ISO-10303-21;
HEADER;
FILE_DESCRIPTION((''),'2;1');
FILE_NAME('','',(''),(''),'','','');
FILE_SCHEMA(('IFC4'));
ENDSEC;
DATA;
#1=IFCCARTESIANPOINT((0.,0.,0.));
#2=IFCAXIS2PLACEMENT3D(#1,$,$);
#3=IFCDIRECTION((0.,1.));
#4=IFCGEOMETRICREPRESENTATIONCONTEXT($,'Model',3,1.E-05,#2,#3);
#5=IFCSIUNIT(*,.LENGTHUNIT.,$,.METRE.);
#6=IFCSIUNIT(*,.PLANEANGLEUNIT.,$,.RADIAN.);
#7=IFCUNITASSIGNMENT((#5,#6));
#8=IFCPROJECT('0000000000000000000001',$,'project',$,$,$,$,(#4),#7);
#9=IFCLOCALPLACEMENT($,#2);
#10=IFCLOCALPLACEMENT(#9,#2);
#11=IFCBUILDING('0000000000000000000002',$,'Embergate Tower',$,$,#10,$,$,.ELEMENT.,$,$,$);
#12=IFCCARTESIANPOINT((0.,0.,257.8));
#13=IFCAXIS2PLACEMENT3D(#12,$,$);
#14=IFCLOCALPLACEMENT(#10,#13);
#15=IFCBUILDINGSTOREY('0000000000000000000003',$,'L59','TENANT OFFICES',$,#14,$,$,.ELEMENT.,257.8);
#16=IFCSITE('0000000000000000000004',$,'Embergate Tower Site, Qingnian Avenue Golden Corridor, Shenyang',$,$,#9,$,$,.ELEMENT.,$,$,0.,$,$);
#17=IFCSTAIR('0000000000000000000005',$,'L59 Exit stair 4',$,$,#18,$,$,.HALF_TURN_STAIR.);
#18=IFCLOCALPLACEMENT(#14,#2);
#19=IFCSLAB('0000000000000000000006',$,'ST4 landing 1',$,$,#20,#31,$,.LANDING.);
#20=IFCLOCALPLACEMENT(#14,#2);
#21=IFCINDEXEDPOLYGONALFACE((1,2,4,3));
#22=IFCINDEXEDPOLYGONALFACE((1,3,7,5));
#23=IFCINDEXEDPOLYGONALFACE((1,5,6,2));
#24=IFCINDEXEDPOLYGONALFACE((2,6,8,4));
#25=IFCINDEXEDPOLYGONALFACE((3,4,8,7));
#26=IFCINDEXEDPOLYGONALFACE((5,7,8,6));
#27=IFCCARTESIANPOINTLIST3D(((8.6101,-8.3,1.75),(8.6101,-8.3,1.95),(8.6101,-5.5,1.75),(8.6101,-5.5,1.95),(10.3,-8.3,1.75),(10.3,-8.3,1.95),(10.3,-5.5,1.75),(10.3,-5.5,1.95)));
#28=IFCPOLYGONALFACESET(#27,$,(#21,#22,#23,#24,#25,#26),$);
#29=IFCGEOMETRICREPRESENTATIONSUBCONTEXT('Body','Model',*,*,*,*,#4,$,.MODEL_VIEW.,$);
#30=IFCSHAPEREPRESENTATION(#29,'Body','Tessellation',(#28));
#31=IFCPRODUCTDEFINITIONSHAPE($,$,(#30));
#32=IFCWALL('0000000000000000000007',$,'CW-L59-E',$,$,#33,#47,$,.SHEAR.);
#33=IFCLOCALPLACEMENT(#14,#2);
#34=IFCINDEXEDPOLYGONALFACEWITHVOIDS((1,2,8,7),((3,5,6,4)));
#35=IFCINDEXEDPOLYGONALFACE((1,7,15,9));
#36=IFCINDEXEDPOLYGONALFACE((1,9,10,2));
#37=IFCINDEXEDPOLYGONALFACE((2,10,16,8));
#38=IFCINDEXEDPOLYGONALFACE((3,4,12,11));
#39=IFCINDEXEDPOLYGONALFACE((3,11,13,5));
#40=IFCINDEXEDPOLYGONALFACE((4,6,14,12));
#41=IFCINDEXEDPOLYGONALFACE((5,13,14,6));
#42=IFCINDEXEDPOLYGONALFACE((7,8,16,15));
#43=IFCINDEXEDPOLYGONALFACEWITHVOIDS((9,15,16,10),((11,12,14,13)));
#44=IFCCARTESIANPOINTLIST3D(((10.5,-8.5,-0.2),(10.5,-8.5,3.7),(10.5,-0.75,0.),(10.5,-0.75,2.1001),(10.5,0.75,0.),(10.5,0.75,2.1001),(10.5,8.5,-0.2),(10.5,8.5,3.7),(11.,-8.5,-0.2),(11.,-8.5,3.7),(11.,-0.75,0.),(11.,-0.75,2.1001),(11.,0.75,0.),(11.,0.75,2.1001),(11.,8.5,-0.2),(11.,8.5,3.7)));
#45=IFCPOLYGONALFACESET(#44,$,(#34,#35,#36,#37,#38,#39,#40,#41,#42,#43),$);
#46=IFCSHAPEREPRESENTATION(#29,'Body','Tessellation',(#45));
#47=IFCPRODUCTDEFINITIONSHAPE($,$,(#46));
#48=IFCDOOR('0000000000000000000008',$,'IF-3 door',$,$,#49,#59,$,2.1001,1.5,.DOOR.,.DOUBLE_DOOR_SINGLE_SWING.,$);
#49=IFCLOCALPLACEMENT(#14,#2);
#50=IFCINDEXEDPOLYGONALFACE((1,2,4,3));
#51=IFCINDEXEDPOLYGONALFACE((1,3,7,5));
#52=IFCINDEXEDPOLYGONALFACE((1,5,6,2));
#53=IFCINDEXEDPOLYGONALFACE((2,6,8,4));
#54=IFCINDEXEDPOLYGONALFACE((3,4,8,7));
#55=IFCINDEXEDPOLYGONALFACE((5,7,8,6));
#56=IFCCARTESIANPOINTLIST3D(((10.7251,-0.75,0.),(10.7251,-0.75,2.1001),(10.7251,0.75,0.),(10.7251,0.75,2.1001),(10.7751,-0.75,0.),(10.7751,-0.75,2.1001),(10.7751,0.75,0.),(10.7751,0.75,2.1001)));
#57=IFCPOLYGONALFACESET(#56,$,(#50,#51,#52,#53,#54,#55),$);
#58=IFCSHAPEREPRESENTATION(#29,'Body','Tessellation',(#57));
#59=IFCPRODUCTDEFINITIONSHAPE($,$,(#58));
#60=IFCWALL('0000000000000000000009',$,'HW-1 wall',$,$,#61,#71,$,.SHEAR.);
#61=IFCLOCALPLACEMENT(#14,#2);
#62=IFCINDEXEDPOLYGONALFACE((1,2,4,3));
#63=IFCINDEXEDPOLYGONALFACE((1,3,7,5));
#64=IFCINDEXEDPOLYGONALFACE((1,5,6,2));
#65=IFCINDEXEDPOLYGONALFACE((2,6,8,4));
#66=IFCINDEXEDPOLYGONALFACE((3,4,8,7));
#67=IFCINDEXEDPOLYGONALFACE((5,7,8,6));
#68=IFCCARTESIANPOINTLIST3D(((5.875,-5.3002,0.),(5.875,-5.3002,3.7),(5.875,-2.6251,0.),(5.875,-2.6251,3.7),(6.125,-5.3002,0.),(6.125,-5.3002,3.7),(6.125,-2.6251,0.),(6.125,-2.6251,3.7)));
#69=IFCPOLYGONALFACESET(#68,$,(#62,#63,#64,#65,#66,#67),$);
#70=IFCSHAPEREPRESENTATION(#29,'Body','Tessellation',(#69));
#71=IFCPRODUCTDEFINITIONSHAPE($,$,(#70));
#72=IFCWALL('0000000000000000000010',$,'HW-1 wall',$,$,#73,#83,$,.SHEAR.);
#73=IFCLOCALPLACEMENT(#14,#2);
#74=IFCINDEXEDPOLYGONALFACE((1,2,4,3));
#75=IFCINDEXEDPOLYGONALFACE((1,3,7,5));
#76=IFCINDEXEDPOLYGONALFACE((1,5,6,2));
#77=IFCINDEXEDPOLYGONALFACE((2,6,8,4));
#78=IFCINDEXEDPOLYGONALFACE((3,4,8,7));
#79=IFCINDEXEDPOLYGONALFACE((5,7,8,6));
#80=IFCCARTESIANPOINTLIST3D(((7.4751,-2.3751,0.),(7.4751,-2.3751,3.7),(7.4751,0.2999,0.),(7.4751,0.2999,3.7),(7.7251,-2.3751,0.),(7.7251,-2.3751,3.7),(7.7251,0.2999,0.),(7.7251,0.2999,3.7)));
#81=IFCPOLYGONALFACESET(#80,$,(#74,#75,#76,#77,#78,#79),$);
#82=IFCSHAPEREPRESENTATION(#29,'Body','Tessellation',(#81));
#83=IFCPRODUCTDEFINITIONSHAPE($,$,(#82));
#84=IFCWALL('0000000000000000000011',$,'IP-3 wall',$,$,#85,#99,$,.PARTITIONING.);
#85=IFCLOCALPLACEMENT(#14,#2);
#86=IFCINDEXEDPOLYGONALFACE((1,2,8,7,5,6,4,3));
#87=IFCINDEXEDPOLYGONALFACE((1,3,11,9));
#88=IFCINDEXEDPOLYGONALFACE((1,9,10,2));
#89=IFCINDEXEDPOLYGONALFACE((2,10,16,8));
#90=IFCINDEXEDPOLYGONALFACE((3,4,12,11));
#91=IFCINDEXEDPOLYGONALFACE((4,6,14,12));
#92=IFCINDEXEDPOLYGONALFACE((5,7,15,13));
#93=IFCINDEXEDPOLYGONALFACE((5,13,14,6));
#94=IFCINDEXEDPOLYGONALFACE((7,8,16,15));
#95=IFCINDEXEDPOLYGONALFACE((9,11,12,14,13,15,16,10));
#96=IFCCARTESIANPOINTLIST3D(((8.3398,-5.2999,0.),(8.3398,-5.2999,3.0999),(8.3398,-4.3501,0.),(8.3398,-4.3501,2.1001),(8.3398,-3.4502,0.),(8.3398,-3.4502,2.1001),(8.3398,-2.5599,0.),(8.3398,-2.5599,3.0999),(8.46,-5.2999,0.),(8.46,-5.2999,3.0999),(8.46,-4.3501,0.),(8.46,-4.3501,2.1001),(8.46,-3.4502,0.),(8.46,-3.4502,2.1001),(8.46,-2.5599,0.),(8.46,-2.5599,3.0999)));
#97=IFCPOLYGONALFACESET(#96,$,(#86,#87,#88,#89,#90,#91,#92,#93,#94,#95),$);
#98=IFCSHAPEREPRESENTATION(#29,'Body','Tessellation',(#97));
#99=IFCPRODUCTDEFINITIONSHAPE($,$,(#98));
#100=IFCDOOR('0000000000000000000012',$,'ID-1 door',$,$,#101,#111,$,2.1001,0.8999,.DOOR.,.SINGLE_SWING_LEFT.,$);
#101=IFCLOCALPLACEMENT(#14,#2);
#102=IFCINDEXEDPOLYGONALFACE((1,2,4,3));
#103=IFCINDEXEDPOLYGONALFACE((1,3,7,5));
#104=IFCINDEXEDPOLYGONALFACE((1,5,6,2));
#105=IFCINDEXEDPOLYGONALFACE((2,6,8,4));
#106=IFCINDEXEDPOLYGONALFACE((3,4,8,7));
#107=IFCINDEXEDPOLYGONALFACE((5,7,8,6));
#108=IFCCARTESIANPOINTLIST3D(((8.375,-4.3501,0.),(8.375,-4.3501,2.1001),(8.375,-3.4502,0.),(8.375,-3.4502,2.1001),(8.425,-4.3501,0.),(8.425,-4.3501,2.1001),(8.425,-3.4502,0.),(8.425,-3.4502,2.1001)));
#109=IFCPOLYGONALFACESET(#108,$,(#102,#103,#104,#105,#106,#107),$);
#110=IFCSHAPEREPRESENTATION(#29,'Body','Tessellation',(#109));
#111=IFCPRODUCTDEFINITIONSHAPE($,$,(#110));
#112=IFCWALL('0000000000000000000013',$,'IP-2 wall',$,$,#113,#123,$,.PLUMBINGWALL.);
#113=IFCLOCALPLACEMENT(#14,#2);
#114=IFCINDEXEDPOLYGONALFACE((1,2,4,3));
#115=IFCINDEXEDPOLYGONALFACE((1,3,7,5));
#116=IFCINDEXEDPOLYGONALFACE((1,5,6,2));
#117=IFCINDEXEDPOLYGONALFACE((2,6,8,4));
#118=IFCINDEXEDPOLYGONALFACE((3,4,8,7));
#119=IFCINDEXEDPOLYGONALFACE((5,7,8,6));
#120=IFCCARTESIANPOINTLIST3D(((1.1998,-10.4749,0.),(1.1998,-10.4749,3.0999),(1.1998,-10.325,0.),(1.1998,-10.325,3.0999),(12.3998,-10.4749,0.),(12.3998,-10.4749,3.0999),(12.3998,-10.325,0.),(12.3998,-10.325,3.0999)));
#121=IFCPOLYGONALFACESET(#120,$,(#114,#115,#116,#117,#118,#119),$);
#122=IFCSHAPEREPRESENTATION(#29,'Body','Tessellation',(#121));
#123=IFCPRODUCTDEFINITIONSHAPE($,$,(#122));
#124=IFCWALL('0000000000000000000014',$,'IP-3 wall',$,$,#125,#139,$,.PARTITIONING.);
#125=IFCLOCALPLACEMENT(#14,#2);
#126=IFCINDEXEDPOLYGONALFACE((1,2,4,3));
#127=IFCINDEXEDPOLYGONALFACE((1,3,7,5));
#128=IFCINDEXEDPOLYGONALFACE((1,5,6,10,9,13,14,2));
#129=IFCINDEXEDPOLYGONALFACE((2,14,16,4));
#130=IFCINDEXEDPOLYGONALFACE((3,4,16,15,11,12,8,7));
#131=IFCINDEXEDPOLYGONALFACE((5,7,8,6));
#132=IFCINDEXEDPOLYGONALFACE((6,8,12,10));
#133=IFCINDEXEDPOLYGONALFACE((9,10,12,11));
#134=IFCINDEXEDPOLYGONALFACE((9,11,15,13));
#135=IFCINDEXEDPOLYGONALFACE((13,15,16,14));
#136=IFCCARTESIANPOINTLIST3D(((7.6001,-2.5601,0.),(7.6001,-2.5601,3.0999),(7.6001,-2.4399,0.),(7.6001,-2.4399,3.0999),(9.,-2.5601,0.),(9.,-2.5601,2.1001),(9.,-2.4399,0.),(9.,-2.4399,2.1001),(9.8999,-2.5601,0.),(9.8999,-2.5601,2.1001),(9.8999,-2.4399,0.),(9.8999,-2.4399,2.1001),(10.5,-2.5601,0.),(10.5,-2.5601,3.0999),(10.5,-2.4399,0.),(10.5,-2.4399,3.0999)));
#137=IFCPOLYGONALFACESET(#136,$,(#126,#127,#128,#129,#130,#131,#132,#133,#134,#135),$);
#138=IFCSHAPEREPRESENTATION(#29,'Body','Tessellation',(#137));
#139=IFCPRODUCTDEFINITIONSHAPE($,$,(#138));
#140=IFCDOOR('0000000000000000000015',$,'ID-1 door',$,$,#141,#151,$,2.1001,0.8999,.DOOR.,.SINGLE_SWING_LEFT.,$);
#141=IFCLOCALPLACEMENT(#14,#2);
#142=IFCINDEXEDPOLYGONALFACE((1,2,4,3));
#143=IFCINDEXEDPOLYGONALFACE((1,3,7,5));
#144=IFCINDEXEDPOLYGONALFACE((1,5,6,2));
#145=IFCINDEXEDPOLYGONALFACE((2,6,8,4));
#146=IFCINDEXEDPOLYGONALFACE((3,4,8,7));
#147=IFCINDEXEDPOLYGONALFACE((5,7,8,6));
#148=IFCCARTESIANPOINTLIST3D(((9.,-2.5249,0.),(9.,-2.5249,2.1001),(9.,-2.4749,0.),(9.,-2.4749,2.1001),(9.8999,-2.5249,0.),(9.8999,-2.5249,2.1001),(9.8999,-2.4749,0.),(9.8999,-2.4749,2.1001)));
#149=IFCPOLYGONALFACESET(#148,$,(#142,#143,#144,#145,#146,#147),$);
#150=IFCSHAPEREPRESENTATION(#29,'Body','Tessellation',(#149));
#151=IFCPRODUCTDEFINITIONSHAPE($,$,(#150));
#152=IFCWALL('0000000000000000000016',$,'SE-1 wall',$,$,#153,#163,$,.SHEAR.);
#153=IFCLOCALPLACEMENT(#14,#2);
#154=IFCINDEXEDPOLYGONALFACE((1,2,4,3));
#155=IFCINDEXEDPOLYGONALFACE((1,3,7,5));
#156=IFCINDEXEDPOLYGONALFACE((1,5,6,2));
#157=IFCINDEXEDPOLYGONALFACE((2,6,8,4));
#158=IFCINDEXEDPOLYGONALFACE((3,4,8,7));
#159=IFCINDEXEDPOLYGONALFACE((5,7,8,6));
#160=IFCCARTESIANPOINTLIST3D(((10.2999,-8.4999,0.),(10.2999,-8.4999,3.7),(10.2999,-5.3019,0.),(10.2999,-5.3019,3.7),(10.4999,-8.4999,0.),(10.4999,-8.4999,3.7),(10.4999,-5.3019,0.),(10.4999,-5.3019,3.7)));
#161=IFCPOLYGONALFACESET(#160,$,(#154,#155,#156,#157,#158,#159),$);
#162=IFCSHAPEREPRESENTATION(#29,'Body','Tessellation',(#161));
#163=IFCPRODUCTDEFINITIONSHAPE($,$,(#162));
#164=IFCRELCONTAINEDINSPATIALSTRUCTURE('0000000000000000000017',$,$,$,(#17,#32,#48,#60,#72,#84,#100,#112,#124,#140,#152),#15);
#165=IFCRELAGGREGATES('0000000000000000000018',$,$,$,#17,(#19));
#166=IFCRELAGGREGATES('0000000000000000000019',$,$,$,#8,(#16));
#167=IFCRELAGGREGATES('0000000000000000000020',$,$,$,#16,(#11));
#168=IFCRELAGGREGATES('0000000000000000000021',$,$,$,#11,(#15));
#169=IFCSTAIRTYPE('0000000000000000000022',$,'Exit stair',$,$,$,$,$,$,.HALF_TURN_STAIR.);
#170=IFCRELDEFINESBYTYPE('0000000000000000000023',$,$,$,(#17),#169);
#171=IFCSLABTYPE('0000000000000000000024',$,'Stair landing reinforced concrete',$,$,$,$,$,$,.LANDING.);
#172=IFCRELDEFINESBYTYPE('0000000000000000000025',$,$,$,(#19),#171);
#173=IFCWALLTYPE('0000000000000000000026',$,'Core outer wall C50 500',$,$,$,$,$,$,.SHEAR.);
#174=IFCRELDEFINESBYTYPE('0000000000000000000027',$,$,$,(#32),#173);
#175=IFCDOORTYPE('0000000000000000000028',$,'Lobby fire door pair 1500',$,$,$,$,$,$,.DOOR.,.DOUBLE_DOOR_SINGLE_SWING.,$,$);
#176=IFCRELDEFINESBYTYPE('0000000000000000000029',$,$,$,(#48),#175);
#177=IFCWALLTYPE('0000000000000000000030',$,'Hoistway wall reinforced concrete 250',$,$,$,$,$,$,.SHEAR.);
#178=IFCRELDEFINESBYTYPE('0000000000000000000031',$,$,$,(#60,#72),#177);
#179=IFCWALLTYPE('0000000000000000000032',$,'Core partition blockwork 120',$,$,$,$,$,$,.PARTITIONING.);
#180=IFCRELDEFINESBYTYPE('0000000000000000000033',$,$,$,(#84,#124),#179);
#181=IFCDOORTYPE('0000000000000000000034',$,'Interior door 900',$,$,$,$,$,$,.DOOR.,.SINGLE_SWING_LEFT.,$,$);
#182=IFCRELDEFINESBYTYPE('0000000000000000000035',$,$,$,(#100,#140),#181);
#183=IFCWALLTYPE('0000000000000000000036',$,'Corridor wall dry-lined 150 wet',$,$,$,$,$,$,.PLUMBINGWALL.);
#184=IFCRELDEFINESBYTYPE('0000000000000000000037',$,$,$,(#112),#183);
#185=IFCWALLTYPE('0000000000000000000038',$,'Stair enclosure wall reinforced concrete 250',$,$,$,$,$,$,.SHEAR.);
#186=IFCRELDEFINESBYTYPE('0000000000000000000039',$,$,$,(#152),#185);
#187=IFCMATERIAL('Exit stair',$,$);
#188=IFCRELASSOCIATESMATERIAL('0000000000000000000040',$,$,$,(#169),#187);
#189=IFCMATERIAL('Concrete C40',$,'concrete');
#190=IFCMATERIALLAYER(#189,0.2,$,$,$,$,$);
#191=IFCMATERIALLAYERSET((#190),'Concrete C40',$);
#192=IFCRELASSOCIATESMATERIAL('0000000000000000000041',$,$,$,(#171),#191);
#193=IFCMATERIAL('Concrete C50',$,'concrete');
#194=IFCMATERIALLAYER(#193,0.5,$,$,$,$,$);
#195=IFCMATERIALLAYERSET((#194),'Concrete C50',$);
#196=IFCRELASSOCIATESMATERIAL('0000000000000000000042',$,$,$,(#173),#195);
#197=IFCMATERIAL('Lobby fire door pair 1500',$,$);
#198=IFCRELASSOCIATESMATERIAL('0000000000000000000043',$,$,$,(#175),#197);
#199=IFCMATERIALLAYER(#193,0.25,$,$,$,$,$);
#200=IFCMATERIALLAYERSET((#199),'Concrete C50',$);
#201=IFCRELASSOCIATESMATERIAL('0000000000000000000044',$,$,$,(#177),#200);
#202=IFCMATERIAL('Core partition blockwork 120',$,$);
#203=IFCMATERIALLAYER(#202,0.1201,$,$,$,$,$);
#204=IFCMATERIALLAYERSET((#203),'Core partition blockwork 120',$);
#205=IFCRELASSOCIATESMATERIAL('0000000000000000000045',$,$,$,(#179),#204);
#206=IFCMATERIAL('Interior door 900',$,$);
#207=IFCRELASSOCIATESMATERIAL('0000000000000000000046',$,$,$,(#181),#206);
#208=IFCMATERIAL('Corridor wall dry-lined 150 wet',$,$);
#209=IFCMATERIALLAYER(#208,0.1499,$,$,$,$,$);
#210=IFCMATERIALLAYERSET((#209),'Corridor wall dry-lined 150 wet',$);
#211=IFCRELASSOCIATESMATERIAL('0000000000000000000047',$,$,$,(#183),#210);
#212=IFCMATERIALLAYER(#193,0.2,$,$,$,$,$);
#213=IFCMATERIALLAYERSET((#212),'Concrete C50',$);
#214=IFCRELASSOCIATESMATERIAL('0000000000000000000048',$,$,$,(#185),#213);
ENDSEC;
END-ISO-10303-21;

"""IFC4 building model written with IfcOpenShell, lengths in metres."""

from ifc_helpers import new_model, si_unit, direction, frame, frame_2d, origin, place, context, subcontext, project, spatial, polyline, rectangle, outline, extrude, source, transform, mapped, material, layer, layer_set, type_object, element, fill, aggregate, save


model = new_model("IFC4")

# Units and contexts
model_context = context("Model", 3, precision=1e-05, world=origin(), true_north=direction((0.0, 1.0)))
body_context = subcontext(model_context, "Body", "Model", "MODEL_VIEW")
ifc_project = project(units=[si_unit("LENGTHUNIT", "METRE"), si_unit("PLANEANGLEUNIT", "RADIAN")], contexts=[model_context])

# Site, building, storey
site_placement = place(None, origin())
site = spatial("IfcSite", under=ifc_project, at=site_placement, Name="Embergate Tower Site, Qingnian Avenue Golden Corridor, Shenyang", CompositionType="ELEMENT", RefElevation=0.0)
building_placement = place(site_placement, origin())
building = spatial("IfcBuilding", under=site, at=building_placement, Name="Embergate Tower", CompositionType="ELEMENT")
storey_placement = place(building_placement, frame((0.0, 0.0, 257.8)))
storey = spatial("IfcBuildingStorey", under=building, at=storey_placement, Name="L59", Description="TENANT OFFICES", CompositionType="ELEMENT", Elevation=257.8)

# Stair, slab
ifc_material_1 = material(Name="Exit stair")
stair_type = type_object("IfcStairType", Name="Exit stair", PredefinedType="HALF_TURN_STAIR", material=ifc_material_1)
stair_placement = place(storey_placement, origin())
stair = element("IfcStair", 1, at=stair_placement, inside=storey, type_object=stair_type, Name="L59 Exit stair 4", PredefinedType="HALF_TURN_STAIR")
ifc_material_2 = material(Name="Concrete C40", Category="concrete")
ifc_layer_1 = layer(ifc_material_2, 0.2)
ifc_layer_set_1 = layer_set([ifc_layer_1], Name="Concrete C40")
slab_type = type_object("IfcSlabType", Name="Stair landing reinforced concrete", PredefinedType="LANDING", material=ifc_layer_set_1)
shared_shape_1 = source(origin(), body_context, "Body", "SweptSolid", [
    extrude(outline(polyline([(0.0, 0.0), (1.6899, 0.0), (1.6899, 2.8), (0.0, 2.8), (0.0, 0.0)])), origin(), (0.0, 0.0, 1.0), 0.2),
])
slab_placement = place(storey_placement, frame((8.6101, -8.3, 1.75)))
slab = element("IfcSlab", 2, at=slab_placement, type_object=slab_type, Name="ST4 landing 1", PredefinedType="LANDING", context=body_context, shape_type="MappedRepresentation", body=[
    mapped(shared_shape_1, transform((0.0, 0.0, 0.0))),
])

# Wall, opening, door
ifc_material_3 = material(Name="Concrete C50", Category="concrete")
ifc_layer_2 = layer(ifc_material_3, 0.5)
ifc_layer_set_2 = layer_set([ifc_layer_2], Name="Concrete C50")
wall_type_1 = type_object("IfcWallType", Name="Core outer wall C50 500", PredefinedType="SHEAR", material=ifc_layer_set_2)
shared_shape_2 = source(origin(), body_context, "Body", "SweptSolid", [
    extrude(rectangle(XDim=17.0, YDim=0.5, at=frame_2d((8.5, 0.0))), origin(), (0.0, 0.0, 1.0), 3.8999),
])
wall_1_placement = place(storey_placement, frame((10.75, -8.5, -0.2), z_axis=(0.0, 0.0, 1.0), x_axis=(0.0, 1.0, 0.0)))
wall_1 = element("IfcWall", 3, at=wall_1_placement, inside=storey, type_object=wall_type_1, Name="CW-L59-E", PredefinedType="SHEAR", context=body_context, shape_type="MappedRepresentation", body=[
    mapped(shared_shape_2, transform((0.0, 0.0, 0.0))),
])
shared_shape_3 = source(origin(), body_context, "Body", "SweptSolid", [
    extrude(rectangle(XDim=1.5, YDim=2.1001, at=frame_2d((0.75, 1.05))), frame((0.0, 0.26, 0.0), z_axis=(0.0, -1.0, 0.0), x_axis=(1.0, 0.0, 0.0)), (0.0, 0.0, 1.0), 0.52),
])
opening_1_placement = place(wall_1_placement, frame((7.75, 0.0, 0.2)))
opening_1 = element("IfcOpeningElement", 4, at=opening_1_placement, cuts=wall_1, PredefinedType="OPENING", context=body_context, shape_type="MappedRepresentation", body=[
    mapped(shared_shape_3, transform((0.0, 0.0, 0.0))),
])
ifc_material_4 = material(Name="Lobby fire door pair 1500")
door_type_1 = type_object("IfcDoorType", Name="Lobby fire door pair 1500", OperationType="DOUBLE_DOOR_SINGLE_SWING", PredefinedType="DOOR", material=ifc_material_4)
shared_shape_4 = source(origin(), body_context, "Body", "SweptSolid", [
    extrude(rectangle(XDim=1.5, YDim=2.1001, at=frame_2d((0.75, 1.05))), frame((0.0, 0.0249, 0.0), z_axis=(0.0, -1.0, 0.0), x_axis=(1.0, 0.0, 0.0)), (0.0, 0.0, 1.0), 0.05),
])
door_1_placement = place(opening_1_placement, origin())
door_1 = element("IfcDoor", 5, at=door_1_placement, inside=storey, type_object=door_type_1, Name="IF-3 door", OperationType="DOUBLE_DOOR_SINGLE_SWING", OverallHeight=2.1001, OverallWidth=1.5, PredefinedType="DOOR", context=body_context, shape_type="MappedRepresentation", body=[
    mapped(shared_shape_4, transform((0.0, 0.0, 0.0))),
])
fill(opening_1, door_1)

# Walls
ifc_layer_3 = layer(ifc_material_3, 0.25)
ifc_layer_set_3 = layer_set([ifc_layer_3], Name="Concrete C50")
wall_type_2 = type_object("IfcWallType", Name="Hoistway wall reinforced concrete 250", PredefinedType="SHEAR", material=ifc_layer_set_3)
shared_shape_5 = source(origin(), body_context, "Body", "SweptSolid", [
    extrude(rectangle(XDim=2.675, YDim=0.25, at=frame_2d((1.3374, 0.0))), origin(), (0.0, 0.0, 1.0), 3.7),
])
for number, where, z_axis, x_axis, name in (
    (6, (6.0, -5.3, 0.0), (0.0, 0.0, 1.0), (0.0, 1.0, 0.0), "HW-1 wall"),
    (7, (7.6001, -2.375, 0.0), (0.0, 0.0, 1.0), (0.0, 1.0, 0.0), "HW-1 wall"),
):
    element("IfcWall", number, at=place(storey_placement, frame(where, z_axis=z_axis, x_axis=x_axis)), inside=storey, type_object=wall_type_2, Name=name, PredefinedType="SHEAR", context=body_context, shape_type="MappedRepresentation", body=[
        mapped(shared_shape_5, transform((0.0, 0.0, 0.0))),
    ])

# Wall, opening, door
ifc_material_5 = material(Name="Core partition blockwork 120")
ifc_layer_4 = layer(ifc_material_5, 0.1201)
ifc_layer_set_4 = layer_set([ifc_layer_4], Name="Core partition blockwork 120")
wall_type_3 = type_object("IfcWallType", Name="Core partition blockwork 120", PredefinedType="PARTITIONING", material=ifc_layer_set_4)
shared_shape_6 = source(origin(), body_context, "Body", "SweptSolid", [
    extrude(rectangle(XDim=2.74, YDim=0.1201, at=frame_2d((1.3701, 0.0))), origin(), (0.0, 0.0, 1.0), 3.0999),
])
wall_2_placement = place(storey_placement, frame((8.3999, -5.3, 0.0), z_axis=(0.0, 0.0, 1.0), x_axis=(0.0, 1.0, 0.0)))
wall_2 = element("IfcWall", 8, at=wall_2_placement, inside=storey, type_object=wall_type_3, Name="IP-3 wall", PredefinedType="PARTITIONING", context=body_context, shape_type="MappedRepresentation", body=[
    mapped(shared_shape_6, transform((0.0, 0.0, 0.0))),
])
shared_shape_7 = source(origin(), body_context, "Body", "SweptSolid", [
    extrude(rectangle(XDim=0.8999, YDim=2.1001, at=frame_2d((0.45, 1.05))), frame((0.0, 0.0701, 0.0), z_axis=(0.0, -1.0, 0.0), x_axis=(1.0, 0.0, 0.0)), (0.0, 0.0, 1.0), 0.1401),
])
opening_2_placement = place(wall_2_placement, frame((0.95, 0.0, 0.0)))
opening_2 = element("IfcOpeningElement", 9, at=opening_2_placement, cuts=wall_2, PredefinedType="OPENING", context=body_context, shape_type="MappedRepresentation", body=[
    mapped(shared_shape_7, transform((0.0, 0.0, 0.0))),
])
ifc_material_6 = material(Name="Interior door 900")
door_type_2 = type_object("IfcDoorType", Name="Interior door 900", OperationType="SINGLE_SWING_LEFT", PredefinedType="DOOR", material=ifc_material_6)
shared_shape_8 = source(origin(), body_context, "Body", "SweptSolid", [
    extrude(rectangle(XDim=0.8999, YDim=2.1001, at=frame_2d((0.45, 1.05))), frame((0.0, 0.0249, 0.0), z_axis=(0.0, -1.0, 0.0), x_axis=(1.0, 0.0, 0.0)), (0.0, 0.0, 1.0), 0.05),
])
door_2_placement = place(opening_2_placement, origin())
door_2 = element("IfcDoor", 10, at=door_2_placement, inside=storey, type_object=door_type_2, Name="ID-1 door", OperationType="SINGLE_SWING_LEFT", OverallHeight=2.1001, OverallWidth=0.8999, PredefinedType="DOOR", context=body_context, shape_type="MappedRepresentation", body=[
    mapped(shared_shape_8, transform((0.0, 0.0, 0.0))),
])
fill(opening_2, door_2)

# Wall
ifc_material_7 = material(Name="Corridor wall dry-lined 150 wet")
ifc_layer_5 = layer(ifc_material_7, 0.1499)
ifc_layer_set_5 = layer_set([ifc_layer_5], Name="Corridor wall dry-lined 150 wet")
wall_type_4 = type_object("IfcWallType", Name="Corridor wall dry-lined 150 wet", PredefinedType="PLUMBINGWALL", material=ifc_layer_set_5)
shared_shape_9 = source(origin(), body_context, "Body", "SweptSolid", [
    extrude(rectangle(XDim=11.2, YDim=0.1499, at=frame_2d((5.6001, 0.0))), origin(), (0.0, 0.0, 1.0), 3.0999),
])
wall_3_placement = place(storey_placement, frame((12.3999, -10.3999, 0.0), z_axis=(0.0, 0.0, 1.0), x_axis=(-1.0, 0.0, 0.0)))
element("IfcWall", 11, at=wall_3_placement, inside=storey, type_object=wall_type_4, Name="IP-2 wall", PredefinedType="PLUMBINGWALL", context=body_context, shape_type="MappedRepresentation", body=[
    mapped(shared_shape_9, transform((0.0, 0.0, 0.0))),
])

# Wall, opening, door
shared_shape_10 = source(origin(), body_context, "Body", "SweptSolid", [
    extrude(rectangle(XDim=2.8999, YDim=0.1201, at=frame_2d((1.45, 0.0))), origin(), (0.0, 0.0, 1.0), 3.0999),
])
wall_4_placement = place(storey_placement, frame((10.5, -2.5, 0.0), z_axis=(0.0, 0.0, 1.0), x_axis=(-1.0, 0.0, 0.0)))
wall_4 = element("IfcWall", 12, at=wall_4_placement, inside=storey, type_object=wall_type_3, Name="IP-3 wall", PredefinedType="PARTITIONING", context=body_context, shape_type="MappedRepresentation", body=[
    mapped(shared_shape_10, transform((0.0, 0.0, 0.0))),
])
opening_3_placement = place(wall_4_placement, frame((0.6001, 0.0, 0.0)))
opening_3 = element("IfcOpeningElement", 13, at=opening_3_placement, cuts=wall_4, PredefinedType="OPENING", context=body_context, shape_type="MappedRepresentation", body=[
    mapped(shared_shape_7, transform((0.0, 0.0, 0.0))),
])
door_3_placement = place(opening_3_placement, origin())
door_3 = element("IfcDoor", 14, at=door_3_placement, inside=storey, type_object=door_type_2, Name="ID-1 door", OperationType="SINGLE_SWING_LEFT", OverallHeight=2.1001, OverallWidth=0.8999, PredefinedType="DOOR", context=body_context, shape_type="MappedRepresentation", body=[
    mapped(shared_shape_8, transform((0.0, 0.0, 0.0))),
])
fill(opening_3, door_3)

# Wall
ifc_layer_6 = layer(ifc_material_3, 0.2)
ifc_layer_set_6 = layer_set([ifc_layer_6], Name="Concrete C50")
wall_type_5 = type_object("IfcWallType", Name="Stair enclosure wall reinforced concrete 250", PredefinedType="SHEAR", material=ifc_layer_set_6)
shared_shape_11 = source(origin(), body_context, "Body", "SweptSolid", [
    extrude(rectangle(XDim=3.198, YDim=0.2, at=frame_2d((1.5991, 0.0))), origin(), (0.0, 0.0, 1.0), 3.7),
])
wall_5_placement = place(storey_placement, frame((10.3999, -8.5, 0.0), z_axis=(0.0, 0.0, 1.0), x_axis=(0.0, 1.0, 0.0)))
element("IfcWall", 15, at=wall_5_placement, inside=storey, type_object=wall_type_5, Name="SE-1 wall", PredefinedType="SHEAR", context=body_context, shape_type="MappedRepresentation", body=[
    mapped(shared_shape_11, transform((0.0, 0.0, 0.0))),
])

aggregate(stair, [slab])

save(model, "model.ifc")
